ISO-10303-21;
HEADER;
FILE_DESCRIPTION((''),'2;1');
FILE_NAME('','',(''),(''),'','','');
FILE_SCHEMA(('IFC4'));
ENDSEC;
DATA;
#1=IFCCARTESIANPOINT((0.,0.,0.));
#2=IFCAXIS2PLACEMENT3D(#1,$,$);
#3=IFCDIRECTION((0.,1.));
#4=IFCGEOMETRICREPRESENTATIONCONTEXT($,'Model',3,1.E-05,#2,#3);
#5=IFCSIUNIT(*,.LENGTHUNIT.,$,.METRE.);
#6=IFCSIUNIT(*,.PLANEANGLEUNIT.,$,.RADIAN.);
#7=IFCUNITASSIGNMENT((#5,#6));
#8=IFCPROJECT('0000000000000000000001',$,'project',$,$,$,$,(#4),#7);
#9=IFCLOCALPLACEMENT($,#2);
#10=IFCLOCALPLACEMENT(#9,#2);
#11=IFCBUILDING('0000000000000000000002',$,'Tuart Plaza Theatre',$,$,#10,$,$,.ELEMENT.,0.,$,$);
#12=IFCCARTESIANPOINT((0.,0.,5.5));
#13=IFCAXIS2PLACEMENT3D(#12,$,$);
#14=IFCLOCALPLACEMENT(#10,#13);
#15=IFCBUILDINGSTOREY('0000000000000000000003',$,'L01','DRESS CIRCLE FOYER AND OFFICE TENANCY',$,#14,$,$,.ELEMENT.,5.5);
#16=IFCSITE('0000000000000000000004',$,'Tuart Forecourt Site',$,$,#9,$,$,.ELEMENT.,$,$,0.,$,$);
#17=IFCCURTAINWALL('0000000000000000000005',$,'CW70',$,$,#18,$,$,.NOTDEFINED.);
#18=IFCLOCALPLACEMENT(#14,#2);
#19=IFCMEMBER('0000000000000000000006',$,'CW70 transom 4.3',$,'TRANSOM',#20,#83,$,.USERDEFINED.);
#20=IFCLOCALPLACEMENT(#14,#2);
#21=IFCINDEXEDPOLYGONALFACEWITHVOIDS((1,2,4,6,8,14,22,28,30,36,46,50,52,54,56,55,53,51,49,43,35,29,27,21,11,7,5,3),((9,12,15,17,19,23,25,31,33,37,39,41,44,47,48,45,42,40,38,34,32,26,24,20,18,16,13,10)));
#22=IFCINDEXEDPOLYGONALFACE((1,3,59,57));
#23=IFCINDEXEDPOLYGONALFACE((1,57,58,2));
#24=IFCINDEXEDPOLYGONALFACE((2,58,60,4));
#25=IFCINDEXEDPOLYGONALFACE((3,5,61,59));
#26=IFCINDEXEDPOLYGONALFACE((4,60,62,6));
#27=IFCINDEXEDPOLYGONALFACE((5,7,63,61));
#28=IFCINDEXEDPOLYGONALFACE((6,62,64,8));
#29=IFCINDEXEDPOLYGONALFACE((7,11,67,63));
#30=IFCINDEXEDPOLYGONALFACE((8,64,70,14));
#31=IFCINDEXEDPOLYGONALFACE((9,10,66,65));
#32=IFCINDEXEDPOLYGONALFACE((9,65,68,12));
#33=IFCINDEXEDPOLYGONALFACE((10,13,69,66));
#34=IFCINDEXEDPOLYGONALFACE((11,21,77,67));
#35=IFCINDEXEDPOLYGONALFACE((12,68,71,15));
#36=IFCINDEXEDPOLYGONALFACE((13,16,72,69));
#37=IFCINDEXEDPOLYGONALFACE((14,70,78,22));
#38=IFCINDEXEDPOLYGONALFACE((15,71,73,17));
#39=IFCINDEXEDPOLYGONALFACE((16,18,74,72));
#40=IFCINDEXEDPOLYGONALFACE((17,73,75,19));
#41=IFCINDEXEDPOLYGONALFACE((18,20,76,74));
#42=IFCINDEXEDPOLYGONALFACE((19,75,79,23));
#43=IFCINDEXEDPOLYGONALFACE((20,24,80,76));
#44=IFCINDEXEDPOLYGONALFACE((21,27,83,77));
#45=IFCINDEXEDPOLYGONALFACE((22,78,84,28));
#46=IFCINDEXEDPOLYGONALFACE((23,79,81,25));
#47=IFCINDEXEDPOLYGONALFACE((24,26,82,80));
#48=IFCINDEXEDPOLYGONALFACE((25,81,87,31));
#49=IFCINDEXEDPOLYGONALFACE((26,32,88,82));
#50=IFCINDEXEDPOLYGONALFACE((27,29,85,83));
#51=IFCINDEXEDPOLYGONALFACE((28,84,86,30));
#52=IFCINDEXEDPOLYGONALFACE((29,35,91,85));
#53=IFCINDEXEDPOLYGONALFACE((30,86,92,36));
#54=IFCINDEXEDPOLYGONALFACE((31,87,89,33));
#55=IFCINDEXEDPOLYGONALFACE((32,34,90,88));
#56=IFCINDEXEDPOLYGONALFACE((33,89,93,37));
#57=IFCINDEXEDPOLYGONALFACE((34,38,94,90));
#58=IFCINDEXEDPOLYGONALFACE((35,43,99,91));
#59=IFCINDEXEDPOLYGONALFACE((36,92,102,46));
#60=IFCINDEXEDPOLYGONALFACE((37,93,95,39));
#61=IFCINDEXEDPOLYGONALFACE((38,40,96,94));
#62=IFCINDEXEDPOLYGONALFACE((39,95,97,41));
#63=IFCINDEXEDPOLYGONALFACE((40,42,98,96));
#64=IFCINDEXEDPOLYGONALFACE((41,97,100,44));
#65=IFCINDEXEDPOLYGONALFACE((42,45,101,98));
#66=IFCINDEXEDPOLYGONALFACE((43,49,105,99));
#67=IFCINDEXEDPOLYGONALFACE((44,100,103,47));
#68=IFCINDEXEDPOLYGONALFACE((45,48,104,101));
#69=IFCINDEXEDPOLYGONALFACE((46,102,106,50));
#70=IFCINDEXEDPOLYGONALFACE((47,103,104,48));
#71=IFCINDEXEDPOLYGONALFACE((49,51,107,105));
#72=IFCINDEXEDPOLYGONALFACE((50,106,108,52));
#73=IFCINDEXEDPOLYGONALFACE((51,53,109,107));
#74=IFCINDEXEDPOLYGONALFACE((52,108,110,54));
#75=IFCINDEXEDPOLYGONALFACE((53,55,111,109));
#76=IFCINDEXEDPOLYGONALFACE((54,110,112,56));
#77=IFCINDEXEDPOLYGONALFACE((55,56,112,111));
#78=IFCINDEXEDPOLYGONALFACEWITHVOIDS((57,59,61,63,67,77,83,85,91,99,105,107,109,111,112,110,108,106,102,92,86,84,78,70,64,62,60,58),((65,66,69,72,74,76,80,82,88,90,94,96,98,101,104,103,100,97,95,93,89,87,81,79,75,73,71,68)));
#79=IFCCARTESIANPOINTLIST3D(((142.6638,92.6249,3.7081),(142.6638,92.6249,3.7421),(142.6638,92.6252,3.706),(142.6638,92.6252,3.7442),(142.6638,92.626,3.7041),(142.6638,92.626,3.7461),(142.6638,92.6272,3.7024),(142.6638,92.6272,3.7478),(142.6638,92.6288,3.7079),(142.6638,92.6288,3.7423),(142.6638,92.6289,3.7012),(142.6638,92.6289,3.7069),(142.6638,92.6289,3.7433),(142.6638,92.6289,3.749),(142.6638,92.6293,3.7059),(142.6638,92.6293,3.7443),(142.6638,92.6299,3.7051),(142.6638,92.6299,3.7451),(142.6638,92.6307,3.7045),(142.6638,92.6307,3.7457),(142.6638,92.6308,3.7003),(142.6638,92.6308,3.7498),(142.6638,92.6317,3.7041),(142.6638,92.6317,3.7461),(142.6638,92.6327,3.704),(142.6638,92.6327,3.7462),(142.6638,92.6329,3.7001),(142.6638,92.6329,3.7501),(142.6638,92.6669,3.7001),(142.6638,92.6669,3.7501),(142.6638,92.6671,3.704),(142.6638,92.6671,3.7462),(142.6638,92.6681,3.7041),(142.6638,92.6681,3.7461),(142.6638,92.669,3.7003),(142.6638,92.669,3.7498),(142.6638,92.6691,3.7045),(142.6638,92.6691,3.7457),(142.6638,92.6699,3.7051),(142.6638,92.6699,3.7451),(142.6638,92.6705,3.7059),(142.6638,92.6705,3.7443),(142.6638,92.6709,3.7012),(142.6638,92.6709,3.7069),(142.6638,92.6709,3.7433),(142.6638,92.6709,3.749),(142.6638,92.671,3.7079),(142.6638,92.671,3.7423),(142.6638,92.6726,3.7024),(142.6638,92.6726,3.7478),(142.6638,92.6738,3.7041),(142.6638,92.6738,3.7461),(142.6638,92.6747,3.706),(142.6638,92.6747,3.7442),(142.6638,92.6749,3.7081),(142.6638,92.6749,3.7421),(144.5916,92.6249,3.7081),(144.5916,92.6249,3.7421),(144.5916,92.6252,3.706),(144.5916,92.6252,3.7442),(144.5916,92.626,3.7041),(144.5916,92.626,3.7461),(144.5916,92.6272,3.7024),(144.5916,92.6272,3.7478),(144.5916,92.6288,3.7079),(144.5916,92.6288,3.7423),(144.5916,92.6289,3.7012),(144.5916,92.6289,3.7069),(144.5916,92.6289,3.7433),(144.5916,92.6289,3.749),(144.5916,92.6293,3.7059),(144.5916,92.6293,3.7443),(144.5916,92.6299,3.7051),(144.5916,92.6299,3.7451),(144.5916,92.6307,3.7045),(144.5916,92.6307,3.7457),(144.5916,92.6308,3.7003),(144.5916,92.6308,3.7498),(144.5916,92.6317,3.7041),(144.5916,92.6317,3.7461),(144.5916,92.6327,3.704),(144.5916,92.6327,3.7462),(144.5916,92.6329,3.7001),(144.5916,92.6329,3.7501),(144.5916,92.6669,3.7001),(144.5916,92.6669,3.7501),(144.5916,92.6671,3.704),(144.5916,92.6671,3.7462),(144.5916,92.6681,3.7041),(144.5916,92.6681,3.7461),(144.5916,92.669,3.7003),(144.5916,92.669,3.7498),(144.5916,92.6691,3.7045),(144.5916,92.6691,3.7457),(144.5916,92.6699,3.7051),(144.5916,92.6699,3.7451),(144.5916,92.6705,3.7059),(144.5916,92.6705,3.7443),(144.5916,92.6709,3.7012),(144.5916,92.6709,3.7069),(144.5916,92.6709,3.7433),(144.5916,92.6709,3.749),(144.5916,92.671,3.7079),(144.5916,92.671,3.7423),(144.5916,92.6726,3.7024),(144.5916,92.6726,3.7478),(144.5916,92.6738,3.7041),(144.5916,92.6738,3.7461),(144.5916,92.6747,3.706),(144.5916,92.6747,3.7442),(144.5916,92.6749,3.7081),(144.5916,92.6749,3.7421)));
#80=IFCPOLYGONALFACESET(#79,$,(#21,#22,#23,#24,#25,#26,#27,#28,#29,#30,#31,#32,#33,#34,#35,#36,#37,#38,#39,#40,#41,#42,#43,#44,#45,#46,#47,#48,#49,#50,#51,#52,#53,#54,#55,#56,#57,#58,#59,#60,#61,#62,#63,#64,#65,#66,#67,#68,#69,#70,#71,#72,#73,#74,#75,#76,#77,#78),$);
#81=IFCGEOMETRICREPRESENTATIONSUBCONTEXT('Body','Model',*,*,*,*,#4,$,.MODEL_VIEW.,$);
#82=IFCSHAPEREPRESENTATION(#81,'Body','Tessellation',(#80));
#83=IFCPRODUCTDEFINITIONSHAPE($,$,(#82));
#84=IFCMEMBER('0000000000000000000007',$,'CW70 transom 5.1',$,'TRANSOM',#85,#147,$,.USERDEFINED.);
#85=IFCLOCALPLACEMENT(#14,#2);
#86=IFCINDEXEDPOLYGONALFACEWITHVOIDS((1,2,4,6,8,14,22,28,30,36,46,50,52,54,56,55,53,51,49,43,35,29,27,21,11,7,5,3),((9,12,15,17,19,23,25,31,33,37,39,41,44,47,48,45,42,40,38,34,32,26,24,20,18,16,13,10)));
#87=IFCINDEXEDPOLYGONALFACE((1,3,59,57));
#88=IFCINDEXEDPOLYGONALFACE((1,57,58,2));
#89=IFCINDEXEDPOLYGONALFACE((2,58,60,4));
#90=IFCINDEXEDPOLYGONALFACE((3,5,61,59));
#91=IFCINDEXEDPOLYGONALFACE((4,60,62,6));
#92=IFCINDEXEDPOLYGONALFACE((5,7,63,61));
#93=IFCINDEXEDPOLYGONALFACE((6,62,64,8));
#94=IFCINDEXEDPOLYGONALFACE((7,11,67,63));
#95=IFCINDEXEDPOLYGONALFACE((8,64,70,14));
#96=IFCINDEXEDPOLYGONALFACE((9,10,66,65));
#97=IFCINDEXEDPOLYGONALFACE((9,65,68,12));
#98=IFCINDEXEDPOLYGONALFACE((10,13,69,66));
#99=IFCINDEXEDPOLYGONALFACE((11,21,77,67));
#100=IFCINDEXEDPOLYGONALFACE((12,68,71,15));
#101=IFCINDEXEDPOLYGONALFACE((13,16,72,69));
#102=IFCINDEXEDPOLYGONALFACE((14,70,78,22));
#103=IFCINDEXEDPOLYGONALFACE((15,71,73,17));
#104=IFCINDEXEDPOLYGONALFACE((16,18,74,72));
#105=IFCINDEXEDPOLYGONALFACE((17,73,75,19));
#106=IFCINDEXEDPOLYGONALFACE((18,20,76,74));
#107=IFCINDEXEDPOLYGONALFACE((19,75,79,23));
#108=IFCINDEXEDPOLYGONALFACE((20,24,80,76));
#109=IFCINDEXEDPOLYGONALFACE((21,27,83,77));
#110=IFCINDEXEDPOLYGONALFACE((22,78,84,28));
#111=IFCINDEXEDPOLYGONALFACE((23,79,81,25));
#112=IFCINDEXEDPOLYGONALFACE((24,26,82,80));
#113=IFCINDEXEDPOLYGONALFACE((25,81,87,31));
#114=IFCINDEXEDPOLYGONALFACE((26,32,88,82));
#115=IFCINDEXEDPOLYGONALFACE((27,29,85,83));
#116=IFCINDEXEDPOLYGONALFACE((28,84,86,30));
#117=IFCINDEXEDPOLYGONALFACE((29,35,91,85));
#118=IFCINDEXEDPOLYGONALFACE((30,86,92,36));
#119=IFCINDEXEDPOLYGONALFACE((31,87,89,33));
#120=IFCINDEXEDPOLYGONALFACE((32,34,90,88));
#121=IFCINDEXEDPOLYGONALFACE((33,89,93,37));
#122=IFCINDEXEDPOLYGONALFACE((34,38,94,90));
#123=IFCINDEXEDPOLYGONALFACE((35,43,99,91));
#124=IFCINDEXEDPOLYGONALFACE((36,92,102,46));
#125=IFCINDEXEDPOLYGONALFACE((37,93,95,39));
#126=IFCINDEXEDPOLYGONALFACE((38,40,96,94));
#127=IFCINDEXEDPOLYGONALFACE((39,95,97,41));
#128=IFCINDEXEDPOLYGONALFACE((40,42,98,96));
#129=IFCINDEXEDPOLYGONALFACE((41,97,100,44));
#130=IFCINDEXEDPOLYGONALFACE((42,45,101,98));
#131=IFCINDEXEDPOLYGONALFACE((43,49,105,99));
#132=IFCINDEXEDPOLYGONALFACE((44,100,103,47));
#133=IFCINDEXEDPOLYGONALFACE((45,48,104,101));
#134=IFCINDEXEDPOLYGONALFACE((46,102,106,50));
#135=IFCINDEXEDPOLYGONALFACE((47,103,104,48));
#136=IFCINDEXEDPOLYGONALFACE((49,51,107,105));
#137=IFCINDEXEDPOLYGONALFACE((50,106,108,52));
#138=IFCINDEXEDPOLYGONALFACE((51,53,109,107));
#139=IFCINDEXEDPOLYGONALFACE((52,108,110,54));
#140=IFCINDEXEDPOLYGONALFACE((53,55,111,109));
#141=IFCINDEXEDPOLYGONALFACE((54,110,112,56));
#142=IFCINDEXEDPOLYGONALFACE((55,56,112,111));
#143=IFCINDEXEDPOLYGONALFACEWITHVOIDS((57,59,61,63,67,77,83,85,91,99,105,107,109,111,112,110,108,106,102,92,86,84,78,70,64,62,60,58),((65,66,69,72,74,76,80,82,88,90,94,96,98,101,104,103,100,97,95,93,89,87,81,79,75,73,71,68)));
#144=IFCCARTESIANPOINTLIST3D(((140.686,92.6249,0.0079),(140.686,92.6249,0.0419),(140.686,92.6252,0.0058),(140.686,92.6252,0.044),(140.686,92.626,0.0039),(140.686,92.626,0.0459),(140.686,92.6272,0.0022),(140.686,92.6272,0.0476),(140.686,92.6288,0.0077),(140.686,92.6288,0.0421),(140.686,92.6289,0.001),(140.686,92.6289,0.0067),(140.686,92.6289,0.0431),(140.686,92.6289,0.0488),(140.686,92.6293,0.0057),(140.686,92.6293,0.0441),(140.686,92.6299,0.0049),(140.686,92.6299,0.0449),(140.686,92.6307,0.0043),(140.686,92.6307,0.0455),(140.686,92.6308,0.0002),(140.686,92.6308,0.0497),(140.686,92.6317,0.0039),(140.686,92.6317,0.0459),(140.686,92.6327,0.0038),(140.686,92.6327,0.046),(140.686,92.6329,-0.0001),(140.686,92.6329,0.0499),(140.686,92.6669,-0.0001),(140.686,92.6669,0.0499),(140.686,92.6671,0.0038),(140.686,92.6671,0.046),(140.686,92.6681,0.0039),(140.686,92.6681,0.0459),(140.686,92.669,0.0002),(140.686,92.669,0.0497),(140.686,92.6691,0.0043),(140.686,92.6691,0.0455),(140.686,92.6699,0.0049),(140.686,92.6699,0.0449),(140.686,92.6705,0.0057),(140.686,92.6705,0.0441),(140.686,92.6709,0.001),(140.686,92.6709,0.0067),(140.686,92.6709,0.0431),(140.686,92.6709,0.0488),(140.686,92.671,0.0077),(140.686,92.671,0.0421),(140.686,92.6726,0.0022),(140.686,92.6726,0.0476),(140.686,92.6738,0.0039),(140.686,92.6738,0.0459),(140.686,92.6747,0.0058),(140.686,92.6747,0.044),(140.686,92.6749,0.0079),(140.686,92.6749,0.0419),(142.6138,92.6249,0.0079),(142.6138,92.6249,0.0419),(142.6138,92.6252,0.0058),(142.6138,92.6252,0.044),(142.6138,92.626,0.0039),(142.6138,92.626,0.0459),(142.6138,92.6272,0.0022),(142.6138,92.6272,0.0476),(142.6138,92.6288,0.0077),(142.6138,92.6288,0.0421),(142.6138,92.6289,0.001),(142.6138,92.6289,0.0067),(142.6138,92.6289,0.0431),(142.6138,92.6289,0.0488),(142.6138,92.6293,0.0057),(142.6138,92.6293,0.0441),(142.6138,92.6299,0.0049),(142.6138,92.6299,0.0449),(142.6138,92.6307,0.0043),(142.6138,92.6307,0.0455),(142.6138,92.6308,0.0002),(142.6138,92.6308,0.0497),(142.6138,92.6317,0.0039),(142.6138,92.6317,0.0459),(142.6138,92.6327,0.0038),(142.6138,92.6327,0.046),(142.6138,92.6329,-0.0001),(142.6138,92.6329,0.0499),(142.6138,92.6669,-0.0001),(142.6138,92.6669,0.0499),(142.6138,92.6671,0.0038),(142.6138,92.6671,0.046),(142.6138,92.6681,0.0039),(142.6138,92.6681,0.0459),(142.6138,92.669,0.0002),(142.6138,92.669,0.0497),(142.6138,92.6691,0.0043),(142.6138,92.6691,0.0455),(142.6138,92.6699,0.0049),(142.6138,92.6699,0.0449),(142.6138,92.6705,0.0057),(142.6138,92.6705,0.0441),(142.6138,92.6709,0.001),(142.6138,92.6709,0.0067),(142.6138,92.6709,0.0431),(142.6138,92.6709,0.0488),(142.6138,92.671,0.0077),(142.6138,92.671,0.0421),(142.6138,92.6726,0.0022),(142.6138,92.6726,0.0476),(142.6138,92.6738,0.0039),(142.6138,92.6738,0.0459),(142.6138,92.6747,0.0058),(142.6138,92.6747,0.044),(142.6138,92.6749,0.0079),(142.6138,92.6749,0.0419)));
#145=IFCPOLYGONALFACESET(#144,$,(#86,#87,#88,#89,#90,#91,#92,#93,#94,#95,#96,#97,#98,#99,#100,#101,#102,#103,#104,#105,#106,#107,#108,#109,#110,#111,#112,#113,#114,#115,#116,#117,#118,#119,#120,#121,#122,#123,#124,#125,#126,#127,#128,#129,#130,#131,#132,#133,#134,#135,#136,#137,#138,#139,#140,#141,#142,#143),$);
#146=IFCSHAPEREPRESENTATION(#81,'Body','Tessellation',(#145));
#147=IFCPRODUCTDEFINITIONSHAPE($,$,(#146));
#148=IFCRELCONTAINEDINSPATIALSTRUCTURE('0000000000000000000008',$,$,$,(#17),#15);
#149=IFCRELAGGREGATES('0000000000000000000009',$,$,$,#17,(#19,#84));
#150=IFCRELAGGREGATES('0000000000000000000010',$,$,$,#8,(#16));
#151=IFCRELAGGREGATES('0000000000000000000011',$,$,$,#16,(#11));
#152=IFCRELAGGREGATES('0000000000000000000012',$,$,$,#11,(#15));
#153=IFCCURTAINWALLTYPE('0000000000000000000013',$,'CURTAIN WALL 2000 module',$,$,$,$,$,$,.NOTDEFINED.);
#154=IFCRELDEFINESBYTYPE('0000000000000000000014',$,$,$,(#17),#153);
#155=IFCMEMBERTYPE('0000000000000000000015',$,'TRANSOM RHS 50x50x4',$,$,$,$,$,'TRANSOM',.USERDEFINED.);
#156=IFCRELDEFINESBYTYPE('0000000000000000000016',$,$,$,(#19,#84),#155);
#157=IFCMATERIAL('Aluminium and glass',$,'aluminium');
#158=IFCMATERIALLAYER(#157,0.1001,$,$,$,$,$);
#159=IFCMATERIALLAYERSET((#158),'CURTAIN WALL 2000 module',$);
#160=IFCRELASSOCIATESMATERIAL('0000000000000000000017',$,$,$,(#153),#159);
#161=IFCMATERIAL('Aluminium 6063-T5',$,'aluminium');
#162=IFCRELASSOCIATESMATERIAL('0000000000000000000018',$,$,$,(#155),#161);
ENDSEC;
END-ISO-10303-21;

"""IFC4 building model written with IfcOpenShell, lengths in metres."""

from ifc_helpers import new_model, si_unit, direction, frame, origin, origin_2d, place, context, subcontext, project, spatial, hollow_rectangle, extrude, material, layer, layer_set, material_profile, profile_set, type_object, element, aggregate, save


model = new_model("IFC4")

# Units and contexts
model_context = context("Model", 3, precision=1e-05, world=origin(), true_north=direction((0.0, 1.0)))
body_context = subcontext(model_context, "Body", "Model", "MODEL_VIEW")
ifc_project = project(units=[si_unit("LENGTHUNIT", "METRE"), si_unit("PLANEANGLEUNIT", "RADIAN")], contexts=[model_context])

# Site, building, storey
site_placement = place(None, origin())
site = spatial("IfcSite", under=ifc_project, at=site_placement, Name="Tuart Forecourt Site", CompositionType="ELEMENT", RefElevation=0.0)
building_placement = place(site_placement, origin())
building = spatial("IfcBuilding", under=site, at=building_placement, Name="Tuart Plaza Theatre", CompositionType="ELEMENT", ElevationOfRefHeight=0.0)
storey_placement = place(building_placement, frame((0.0, 0.0, 5.5)))
storey = spatial("IfcBuildingStorey", under=building, at=storey_placement, Name="L01", Description="DRESS CIRCLE FOYER AND OFFICE TENANCY", CompositionType="ELEMENT", Elevation=5.5)

# Curtain wall, members
ifc_material_1 = material(Name="Aluminium and glass", Category="aluminium")
ifc_layer_1 = layer(ifc_material_1, 0.1001)
ifc_layer_set_1 = layer_set([ifc_layer_1], Name="CURTAIN WALL 2000 module")
curtain_wall_type = type_object("IfcCurtainWallType", Name="CURTAIN WALL 2000 module", PredefinedType="NOTDEFINED", material=ifc_layer_set_1)
curtain_wall_placement = place(storey_placement, origin())
curtain_wall = element("IfcCurtainWall", 1, at=curtain_wall_placement, inside=storey, type_object=curtain_wall_type, Name="CW70", PredefinedType="NOTDEFINED")
ifc_material_2 = material(Name="Aluminium 6063-T5", Category="aluminium")
ifc_material_profile_1 = material_profile(ifc_material_2, hollow_rectangle(XDim=0.05, YDim=0.05, WallThickness=0.0039, InnerFilletRadius=0.0039, OuterFilletRadius=0.0081, at=origin_2d()), Name="RHS 50x50x4")
ifc_profile_set_1 = profile_set([ifc_material_profile_1], Name="Aluminium 6063-T5")
member_type_1 = type_object("IfcMemberType", Name="TRANSOM RHS 50x50x4", ElementType="TRANSOM", PredefinedType="USERDEFINED", material=ifc_profile_set_1)
member_1_placement = place(storey_placement, frame((144.5916, 92.6499, 3.7251), z_axis=(-1.0, 0.0, 0.0), x_axis=(0.0, -1.0, 0.0)))
member_1 = element("IfcMember", 2, at=member_1_placement, type_object=member_type_1, Name="CW70 transom 4.3", ObjectType="TRANSOM", PredefinedType="USERDEFINED", context=body_context, shape_type="SweptSolid", body=[
    extrude(hollow_rectangle(XDim=0.05, YDim=0.05, WallThickness=0.0039, InnerFilletRadius=0.0039, OuterFilletRadius=0.0081, at=origin_2d()), origin(), (0.0, 0.0, 1.0), 1.9277),
])
member_2_placement = place(storey_placement, frame((142.6138, 92.6499, 0.0249), z_axis=(-1.0, 0.0, 0.0), x_axis=(0.0, -1.0, 0.0)))
member_2 = element("IfcMember", 3, at=member_2_placement, type_object=member_type_1, Name="CW70 transom 5.1", ObjectType="TRANSOM", PredefinedType="USERDEFINED", context=body_context, shape_type="SweptSolid", body=[
    extrude(hollow_rectangle(XDim=0.05, YDim=0.05, WallThickness=0.0039, InnerFilletRadius=0.0039, OuterFilletRadius=0.0081, at=origin_2d()), origin(), (0.0, 0.0, 1.0), 1.9277),
])
aggregate(curtain_wall, [member_1, member_2])

save(model, "model.ifc")
